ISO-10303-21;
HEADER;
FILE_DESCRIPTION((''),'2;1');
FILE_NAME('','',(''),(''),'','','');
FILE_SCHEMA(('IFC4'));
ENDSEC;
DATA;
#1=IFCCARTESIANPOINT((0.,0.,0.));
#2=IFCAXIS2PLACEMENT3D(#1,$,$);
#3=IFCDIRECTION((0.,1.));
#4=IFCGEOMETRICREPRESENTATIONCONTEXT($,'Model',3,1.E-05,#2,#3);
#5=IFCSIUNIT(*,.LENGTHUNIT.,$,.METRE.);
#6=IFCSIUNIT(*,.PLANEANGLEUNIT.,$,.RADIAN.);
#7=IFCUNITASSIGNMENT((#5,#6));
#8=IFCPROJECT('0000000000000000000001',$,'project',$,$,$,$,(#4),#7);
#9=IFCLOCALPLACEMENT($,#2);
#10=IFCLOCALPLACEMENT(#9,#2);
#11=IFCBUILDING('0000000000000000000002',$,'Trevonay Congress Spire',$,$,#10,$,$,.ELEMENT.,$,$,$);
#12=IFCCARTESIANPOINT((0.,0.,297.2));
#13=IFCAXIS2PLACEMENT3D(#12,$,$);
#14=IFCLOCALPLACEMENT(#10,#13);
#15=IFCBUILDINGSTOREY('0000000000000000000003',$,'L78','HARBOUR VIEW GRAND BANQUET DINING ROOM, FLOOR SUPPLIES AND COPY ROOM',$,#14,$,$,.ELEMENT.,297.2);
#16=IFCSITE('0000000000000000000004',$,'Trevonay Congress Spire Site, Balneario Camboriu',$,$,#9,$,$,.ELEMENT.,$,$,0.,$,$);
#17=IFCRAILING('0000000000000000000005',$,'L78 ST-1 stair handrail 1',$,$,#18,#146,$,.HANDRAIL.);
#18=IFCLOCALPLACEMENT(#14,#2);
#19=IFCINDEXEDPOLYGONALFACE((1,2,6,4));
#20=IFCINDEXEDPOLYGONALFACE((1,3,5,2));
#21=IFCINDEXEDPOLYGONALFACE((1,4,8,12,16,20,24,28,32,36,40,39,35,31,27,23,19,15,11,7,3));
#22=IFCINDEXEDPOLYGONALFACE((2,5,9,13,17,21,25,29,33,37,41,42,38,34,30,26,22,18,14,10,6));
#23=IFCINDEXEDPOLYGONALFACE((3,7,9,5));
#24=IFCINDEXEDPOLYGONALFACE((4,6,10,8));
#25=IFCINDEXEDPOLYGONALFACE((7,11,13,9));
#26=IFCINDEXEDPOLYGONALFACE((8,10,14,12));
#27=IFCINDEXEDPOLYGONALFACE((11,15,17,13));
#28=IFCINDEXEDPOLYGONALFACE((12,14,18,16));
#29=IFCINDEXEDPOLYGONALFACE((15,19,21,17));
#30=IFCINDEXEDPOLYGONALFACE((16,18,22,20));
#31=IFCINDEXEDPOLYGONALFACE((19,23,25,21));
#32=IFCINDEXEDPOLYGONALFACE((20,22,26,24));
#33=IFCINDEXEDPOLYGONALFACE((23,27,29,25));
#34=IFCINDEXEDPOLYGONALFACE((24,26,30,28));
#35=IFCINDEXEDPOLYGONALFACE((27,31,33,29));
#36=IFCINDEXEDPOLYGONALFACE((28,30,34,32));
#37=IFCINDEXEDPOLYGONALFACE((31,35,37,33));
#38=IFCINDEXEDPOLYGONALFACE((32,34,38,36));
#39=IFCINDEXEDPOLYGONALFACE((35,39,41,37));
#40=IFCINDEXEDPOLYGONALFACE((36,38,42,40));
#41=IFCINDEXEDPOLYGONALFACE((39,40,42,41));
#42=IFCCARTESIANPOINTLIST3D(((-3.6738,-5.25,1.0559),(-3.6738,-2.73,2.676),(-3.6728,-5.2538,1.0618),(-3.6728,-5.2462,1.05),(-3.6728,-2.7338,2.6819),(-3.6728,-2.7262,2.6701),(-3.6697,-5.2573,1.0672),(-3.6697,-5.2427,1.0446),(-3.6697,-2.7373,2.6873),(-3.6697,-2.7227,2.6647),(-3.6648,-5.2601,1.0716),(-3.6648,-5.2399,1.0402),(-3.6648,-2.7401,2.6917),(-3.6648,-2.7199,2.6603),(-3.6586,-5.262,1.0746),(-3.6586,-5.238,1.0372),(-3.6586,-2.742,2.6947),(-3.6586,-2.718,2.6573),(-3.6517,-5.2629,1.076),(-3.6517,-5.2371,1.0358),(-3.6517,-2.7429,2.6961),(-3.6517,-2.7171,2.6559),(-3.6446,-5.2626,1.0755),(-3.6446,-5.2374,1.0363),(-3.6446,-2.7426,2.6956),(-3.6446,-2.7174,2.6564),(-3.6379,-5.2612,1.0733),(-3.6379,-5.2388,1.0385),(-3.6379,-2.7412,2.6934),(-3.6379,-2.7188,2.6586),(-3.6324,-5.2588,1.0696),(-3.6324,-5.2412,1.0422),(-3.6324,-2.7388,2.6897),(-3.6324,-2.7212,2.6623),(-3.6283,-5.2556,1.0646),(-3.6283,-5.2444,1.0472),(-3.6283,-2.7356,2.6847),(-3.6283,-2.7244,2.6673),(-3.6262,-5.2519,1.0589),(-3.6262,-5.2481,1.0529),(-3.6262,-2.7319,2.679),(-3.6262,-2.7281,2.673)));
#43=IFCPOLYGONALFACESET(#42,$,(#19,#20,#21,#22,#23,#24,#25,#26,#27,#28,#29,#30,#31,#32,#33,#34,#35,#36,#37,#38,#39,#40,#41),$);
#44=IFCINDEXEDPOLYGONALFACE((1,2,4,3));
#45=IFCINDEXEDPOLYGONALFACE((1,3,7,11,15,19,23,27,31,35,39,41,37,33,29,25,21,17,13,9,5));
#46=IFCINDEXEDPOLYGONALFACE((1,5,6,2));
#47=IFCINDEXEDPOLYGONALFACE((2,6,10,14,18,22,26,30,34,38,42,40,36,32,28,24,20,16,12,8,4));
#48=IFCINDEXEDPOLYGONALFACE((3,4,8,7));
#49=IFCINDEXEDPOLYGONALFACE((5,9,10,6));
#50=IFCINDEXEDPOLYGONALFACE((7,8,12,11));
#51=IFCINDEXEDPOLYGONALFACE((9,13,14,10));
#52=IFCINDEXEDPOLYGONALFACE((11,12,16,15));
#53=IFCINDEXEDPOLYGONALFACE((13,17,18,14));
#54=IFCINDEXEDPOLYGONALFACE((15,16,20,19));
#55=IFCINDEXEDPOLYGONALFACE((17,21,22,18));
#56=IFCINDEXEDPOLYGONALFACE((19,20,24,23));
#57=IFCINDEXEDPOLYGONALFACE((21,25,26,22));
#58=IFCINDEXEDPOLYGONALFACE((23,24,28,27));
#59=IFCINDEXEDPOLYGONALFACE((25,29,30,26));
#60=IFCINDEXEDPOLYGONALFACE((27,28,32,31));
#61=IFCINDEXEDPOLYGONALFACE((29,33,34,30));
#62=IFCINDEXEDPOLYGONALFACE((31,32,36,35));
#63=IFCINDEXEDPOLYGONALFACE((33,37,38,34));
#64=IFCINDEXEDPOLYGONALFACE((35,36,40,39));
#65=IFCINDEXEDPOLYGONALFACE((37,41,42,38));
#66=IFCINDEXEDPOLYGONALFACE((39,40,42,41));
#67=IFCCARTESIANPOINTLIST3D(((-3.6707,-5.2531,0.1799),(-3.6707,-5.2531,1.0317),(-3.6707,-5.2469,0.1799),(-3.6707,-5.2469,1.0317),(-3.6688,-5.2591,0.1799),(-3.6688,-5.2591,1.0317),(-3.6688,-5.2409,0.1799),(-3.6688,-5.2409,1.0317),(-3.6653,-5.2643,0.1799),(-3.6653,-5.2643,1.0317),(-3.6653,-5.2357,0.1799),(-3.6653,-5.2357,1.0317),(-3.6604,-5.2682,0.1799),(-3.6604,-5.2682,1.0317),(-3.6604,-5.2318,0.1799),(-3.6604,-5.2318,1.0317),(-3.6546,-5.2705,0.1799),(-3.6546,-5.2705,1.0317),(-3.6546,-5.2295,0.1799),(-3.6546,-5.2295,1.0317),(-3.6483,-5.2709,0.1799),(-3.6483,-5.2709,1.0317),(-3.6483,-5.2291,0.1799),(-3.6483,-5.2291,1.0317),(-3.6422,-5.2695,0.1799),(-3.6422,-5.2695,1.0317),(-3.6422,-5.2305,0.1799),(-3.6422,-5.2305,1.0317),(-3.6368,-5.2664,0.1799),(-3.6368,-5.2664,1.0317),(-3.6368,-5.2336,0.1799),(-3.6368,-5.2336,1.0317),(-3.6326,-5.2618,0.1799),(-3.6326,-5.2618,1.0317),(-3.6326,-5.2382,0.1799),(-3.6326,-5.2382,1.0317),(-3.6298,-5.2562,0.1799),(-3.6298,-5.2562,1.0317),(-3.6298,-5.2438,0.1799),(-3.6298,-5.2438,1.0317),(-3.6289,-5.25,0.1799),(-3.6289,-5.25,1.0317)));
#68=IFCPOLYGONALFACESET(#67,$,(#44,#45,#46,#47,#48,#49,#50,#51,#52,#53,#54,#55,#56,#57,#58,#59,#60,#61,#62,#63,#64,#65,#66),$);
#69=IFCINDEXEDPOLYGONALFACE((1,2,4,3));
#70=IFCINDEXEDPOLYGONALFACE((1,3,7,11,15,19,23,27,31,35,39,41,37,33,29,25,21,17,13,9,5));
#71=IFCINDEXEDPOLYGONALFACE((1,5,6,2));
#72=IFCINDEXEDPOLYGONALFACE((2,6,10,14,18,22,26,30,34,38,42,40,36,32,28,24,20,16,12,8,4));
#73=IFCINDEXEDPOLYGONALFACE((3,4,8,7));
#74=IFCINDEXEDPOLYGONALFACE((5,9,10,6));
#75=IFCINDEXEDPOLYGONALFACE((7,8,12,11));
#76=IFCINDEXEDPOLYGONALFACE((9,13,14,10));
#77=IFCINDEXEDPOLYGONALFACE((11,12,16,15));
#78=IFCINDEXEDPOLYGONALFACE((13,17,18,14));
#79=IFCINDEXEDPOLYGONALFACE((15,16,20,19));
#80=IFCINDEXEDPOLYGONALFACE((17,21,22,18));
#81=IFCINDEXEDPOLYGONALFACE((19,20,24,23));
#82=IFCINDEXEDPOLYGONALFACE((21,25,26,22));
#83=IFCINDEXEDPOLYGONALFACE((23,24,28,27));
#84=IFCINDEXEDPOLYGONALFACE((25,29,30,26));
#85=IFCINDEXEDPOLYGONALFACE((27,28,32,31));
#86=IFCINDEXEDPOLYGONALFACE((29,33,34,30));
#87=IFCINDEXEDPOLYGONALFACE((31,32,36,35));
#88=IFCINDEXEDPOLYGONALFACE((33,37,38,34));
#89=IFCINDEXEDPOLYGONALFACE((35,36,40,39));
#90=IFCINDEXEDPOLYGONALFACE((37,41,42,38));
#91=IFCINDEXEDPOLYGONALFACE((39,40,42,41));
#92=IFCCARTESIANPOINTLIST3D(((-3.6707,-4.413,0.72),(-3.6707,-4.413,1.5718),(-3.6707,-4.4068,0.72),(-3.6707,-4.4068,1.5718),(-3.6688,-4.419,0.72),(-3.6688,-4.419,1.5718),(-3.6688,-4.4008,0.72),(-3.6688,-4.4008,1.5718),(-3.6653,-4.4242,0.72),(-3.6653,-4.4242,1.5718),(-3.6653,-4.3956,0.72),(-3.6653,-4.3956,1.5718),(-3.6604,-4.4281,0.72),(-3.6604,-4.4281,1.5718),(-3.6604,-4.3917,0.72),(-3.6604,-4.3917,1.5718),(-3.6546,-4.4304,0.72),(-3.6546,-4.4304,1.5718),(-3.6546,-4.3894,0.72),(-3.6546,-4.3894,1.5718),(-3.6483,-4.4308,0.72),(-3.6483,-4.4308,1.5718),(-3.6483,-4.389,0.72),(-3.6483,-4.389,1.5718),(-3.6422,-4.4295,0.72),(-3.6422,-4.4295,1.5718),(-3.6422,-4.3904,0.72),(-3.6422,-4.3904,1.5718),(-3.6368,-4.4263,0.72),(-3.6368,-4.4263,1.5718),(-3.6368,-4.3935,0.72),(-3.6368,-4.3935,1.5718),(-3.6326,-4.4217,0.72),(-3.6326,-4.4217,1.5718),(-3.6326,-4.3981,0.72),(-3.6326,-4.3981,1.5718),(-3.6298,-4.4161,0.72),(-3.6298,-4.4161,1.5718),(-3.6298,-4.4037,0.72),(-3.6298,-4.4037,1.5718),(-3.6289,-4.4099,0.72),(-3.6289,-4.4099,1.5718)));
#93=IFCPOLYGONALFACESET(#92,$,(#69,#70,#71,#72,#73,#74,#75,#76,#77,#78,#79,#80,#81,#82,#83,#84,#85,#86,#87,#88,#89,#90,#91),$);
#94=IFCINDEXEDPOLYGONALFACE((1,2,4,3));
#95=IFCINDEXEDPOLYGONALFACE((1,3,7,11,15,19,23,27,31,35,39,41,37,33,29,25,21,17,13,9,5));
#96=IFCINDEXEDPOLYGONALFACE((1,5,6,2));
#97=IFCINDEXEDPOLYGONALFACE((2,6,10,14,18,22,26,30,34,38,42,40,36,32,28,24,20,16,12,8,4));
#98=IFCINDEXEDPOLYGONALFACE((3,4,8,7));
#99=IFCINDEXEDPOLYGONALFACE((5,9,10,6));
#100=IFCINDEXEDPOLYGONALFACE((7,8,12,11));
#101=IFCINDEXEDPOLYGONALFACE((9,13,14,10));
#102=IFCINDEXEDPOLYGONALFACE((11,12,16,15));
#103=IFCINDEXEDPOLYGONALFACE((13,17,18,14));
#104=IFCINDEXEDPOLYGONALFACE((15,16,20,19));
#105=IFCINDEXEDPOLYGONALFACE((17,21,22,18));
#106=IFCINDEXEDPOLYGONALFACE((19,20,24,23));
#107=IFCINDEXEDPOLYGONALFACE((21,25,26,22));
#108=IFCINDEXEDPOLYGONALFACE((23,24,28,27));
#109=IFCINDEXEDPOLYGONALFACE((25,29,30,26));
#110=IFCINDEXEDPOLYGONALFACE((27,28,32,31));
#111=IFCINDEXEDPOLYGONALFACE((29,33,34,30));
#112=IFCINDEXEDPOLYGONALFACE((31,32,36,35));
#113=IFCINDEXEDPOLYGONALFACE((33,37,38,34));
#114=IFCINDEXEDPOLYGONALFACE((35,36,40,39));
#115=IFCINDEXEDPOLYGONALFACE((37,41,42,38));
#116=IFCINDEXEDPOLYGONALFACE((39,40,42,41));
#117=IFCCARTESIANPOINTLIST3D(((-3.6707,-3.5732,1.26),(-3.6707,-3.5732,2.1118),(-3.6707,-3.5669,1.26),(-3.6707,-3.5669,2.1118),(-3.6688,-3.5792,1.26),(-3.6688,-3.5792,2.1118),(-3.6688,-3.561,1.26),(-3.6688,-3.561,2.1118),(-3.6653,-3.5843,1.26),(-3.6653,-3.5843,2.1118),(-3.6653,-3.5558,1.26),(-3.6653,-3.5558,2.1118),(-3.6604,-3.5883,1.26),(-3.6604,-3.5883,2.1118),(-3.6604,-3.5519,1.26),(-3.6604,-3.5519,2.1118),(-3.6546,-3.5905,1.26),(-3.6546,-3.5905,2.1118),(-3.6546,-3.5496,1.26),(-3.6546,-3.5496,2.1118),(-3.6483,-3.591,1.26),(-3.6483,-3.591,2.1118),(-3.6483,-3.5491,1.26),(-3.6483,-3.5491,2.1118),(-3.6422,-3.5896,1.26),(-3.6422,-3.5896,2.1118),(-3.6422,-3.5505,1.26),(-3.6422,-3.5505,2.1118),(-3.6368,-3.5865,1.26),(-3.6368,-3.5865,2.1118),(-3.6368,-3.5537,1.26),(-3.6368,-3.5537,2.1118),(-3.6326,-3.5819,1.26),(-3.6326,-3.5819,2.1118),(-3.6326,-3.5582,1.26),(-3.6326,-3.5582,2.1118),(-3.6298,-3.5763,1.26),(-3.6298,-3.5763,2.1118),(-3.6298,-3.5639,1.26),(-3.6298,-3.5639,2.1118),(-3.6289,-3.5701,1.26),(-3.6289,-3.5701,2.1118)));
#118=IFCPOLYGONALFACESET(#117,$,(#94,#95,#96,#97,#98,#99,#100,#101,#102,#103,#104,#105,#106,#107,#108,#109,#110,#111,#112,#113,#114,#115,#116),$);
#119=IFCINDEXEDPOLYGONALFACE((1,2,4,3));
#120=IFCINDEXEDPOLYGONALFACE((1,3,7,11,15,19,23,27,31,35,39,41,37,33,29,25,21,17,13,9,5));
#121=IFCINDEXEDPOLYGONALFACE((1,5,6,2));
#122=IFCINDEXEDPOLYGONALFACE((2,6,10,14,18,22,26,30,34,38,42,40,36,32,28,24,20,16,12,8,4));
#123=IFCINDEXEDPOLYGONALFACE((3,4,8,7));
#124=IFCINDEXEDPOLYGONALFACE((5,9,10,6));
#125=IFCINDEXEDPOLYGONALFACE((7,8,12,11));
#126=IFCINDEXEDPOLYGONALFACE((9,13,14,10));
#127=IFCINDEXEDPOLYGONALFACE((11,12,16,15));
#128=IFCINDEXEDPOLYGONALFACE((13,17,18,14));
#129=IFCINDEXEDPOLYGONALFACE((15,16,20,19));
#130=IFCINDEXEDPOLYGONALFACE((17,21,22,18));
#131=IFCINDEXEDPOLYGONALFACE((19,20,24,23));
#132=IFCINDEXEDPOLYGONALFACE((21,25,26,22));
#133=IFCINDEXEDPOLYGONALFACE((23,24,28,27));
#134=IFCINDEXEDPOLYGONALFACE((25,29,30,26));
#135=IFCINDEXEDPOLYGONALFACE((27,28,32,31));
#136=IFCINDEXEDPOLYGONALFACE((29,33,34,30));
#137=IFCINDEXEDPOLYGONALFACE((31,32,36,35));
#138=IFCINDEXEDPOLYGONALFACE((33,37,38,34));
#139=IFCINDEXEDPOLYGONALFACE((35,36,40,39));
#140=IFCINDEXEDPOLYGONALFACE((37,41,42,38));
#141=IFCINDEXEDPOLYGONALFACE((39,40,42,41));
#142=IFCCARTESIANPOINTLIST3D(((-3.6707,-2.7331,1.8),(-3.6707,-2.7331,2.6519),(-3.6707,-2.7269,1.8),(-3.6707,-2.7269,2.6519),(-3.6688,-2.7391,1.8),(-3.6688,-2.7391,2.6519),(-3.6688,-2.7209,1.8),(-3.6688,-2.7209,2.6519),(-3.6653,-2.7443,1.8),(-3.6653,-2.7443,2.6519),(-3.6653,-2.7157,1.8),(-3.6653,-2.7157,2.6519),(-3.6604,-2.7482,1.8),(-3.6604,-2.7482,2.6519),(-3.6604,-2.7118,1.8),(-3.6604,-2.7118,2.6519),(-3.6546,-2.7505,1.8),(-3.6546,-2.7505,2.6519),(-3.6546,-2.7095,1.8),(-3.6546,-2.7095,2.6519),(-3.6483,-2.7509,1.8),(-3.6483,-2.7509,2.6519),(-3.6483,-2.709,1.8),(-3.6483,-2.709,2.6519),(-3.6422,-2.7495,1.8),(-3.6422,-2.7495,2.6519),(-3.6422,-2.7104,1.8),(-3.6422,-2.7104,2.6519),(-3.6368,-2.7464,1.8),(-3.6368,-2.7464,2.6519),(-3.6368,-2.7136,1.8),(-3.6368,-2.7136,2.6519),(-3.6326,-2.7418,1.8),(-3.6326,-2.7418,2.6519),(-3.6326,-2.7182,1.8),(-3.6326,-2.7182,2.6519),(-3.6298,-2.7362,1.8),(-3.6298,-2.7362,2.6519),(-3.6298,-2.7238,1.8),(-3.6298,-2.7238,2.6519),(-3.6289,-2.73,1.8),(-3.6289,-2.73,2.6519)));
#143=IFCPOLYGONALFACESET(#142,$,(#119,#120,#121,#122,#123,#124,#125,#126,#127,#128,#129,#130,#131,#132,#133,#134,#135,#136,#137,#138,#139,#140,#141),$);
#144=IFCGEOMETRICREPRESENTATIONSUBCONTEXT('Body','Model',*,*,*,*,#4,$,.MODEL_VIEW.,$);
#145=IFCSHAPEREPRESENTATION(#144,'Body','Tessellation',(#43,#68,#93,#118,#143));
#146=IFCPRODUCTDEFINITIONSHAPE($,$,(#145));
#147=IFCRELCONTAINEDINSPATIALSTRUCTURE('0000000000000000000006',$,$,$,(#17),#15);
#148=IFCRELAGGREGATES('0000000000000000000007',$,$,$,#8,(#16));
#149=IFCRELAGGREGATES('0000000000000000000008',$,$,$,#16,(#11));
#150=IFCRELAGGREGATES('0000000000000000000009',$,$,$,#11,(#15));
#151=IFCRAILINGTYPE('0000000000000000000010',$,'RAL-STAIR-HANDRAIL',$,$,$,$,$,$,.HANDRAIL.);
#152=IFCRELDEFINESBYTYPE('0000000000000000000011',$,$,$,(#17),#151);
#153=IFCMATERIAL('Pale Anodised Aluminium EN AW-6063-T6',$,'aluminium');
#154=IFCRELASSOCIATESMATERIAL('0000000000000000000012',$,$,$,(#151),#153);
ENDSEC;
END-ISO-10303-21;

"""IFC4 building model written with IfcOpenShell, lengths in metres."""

from ifc_helpers import new_model, si_unit, direction, frame, origin, origin_2d, place, context, subcontext, project, spatial, circle, extrude, material, type_object, element, save


model = new_model("IFC4")

# Units and contexts
model_context = context("Model", 3, precision=1e-05, world=origin(), true_north=direction((0.0, 1.0)))
body_context = subcontext(model_context, "Body", "Model", "MODEL_VIEW")
ifc_project = project(units=[si_unit("LENGTHUNIT", "METRE"), si_unit("PLANEANGLEUNIT", "RADIAN")], contexts=[model_context])

# Site, building, storey
site_placement = place(None, origin())
site = spatial("IfcSite", under=ifc_project, at=site_placement, Name="Trevonay Congress Spire Site, Balneario Camboriu", CompositionType="ELEMENT", RefElevation=0.0)
building_placement = place(site_placement, origin())
building = spatial("IfcBuilding", under=site, at=building_placement, Name="Trevonay Congress Spire", CompositionType="ELEMENT")
storey_placement = place(building_placement, frame((0.0, 0.0, 297.2)))
storey = spatial("IfcBuildingStorey", under=building, at=storey_placement, Name="L78", Description="HARBOUR VIEW GRAND BANQUET DINING ROOM, FLOOR SUPPLIES AND COPY ROOM", CompositionType="ELEMENT", Elevation=297.2)

# Shared definitions
ifc_material_1 = material(Name="Pale Anodised Aluminium EN AW-6063-T6", Category="aluminium")

# Railing
railing_type_1 = type_object("IfcRailingType", Name="RAL-STAIR-HANDRAIL", PredefinedType="HANDRAIL", material=ifc_material_1)
railing_1_placement = place(storey_placement, frame((-3.6499, -5.25, 0.1799)))
element("IfcRailing", 1, at=railing_1_placement, inside=storey, type_object=railing_type_1, Name="L78 ST-1 stair handrail 1", PredefinedType="HANDRAIL", context=body_context, shape_type="SweptSolid", body=[
    extrude(circle(Radius=0.0239, at=origin_2d()), frame((0.0, 0.0, 0.876), z_axis=(0.0, 0.841163, 0.540782), x_axis=(-1.0, 0.0, 0.0)), (0.0, 0.0, 1.0), 2.9958),
    extrude(circle(Radius=0.021, at=origin_2d()), origin(), (0.0, 0.0, 1.0), 0.8518),
    extrude(circle(Radius=0.021, at=origin_2d()), frame((0.0, 0.8401, 0.54)), (0.0, 0.0, 1.0), 0.8518),
    extrude(circle(Radius=0.021, at=origin_2d()), frame((0.0, 1.6799, 1.0801)), (0.0, 0.0, 1.0), 0.8518),
    extrude(circle(Radius=0.021, at=origin_2d()), frame((0.0, 2.52, 1.6201)), (0.0, 0.0, 1.0), 0.8518),
])

save(model, "model.ifc")
